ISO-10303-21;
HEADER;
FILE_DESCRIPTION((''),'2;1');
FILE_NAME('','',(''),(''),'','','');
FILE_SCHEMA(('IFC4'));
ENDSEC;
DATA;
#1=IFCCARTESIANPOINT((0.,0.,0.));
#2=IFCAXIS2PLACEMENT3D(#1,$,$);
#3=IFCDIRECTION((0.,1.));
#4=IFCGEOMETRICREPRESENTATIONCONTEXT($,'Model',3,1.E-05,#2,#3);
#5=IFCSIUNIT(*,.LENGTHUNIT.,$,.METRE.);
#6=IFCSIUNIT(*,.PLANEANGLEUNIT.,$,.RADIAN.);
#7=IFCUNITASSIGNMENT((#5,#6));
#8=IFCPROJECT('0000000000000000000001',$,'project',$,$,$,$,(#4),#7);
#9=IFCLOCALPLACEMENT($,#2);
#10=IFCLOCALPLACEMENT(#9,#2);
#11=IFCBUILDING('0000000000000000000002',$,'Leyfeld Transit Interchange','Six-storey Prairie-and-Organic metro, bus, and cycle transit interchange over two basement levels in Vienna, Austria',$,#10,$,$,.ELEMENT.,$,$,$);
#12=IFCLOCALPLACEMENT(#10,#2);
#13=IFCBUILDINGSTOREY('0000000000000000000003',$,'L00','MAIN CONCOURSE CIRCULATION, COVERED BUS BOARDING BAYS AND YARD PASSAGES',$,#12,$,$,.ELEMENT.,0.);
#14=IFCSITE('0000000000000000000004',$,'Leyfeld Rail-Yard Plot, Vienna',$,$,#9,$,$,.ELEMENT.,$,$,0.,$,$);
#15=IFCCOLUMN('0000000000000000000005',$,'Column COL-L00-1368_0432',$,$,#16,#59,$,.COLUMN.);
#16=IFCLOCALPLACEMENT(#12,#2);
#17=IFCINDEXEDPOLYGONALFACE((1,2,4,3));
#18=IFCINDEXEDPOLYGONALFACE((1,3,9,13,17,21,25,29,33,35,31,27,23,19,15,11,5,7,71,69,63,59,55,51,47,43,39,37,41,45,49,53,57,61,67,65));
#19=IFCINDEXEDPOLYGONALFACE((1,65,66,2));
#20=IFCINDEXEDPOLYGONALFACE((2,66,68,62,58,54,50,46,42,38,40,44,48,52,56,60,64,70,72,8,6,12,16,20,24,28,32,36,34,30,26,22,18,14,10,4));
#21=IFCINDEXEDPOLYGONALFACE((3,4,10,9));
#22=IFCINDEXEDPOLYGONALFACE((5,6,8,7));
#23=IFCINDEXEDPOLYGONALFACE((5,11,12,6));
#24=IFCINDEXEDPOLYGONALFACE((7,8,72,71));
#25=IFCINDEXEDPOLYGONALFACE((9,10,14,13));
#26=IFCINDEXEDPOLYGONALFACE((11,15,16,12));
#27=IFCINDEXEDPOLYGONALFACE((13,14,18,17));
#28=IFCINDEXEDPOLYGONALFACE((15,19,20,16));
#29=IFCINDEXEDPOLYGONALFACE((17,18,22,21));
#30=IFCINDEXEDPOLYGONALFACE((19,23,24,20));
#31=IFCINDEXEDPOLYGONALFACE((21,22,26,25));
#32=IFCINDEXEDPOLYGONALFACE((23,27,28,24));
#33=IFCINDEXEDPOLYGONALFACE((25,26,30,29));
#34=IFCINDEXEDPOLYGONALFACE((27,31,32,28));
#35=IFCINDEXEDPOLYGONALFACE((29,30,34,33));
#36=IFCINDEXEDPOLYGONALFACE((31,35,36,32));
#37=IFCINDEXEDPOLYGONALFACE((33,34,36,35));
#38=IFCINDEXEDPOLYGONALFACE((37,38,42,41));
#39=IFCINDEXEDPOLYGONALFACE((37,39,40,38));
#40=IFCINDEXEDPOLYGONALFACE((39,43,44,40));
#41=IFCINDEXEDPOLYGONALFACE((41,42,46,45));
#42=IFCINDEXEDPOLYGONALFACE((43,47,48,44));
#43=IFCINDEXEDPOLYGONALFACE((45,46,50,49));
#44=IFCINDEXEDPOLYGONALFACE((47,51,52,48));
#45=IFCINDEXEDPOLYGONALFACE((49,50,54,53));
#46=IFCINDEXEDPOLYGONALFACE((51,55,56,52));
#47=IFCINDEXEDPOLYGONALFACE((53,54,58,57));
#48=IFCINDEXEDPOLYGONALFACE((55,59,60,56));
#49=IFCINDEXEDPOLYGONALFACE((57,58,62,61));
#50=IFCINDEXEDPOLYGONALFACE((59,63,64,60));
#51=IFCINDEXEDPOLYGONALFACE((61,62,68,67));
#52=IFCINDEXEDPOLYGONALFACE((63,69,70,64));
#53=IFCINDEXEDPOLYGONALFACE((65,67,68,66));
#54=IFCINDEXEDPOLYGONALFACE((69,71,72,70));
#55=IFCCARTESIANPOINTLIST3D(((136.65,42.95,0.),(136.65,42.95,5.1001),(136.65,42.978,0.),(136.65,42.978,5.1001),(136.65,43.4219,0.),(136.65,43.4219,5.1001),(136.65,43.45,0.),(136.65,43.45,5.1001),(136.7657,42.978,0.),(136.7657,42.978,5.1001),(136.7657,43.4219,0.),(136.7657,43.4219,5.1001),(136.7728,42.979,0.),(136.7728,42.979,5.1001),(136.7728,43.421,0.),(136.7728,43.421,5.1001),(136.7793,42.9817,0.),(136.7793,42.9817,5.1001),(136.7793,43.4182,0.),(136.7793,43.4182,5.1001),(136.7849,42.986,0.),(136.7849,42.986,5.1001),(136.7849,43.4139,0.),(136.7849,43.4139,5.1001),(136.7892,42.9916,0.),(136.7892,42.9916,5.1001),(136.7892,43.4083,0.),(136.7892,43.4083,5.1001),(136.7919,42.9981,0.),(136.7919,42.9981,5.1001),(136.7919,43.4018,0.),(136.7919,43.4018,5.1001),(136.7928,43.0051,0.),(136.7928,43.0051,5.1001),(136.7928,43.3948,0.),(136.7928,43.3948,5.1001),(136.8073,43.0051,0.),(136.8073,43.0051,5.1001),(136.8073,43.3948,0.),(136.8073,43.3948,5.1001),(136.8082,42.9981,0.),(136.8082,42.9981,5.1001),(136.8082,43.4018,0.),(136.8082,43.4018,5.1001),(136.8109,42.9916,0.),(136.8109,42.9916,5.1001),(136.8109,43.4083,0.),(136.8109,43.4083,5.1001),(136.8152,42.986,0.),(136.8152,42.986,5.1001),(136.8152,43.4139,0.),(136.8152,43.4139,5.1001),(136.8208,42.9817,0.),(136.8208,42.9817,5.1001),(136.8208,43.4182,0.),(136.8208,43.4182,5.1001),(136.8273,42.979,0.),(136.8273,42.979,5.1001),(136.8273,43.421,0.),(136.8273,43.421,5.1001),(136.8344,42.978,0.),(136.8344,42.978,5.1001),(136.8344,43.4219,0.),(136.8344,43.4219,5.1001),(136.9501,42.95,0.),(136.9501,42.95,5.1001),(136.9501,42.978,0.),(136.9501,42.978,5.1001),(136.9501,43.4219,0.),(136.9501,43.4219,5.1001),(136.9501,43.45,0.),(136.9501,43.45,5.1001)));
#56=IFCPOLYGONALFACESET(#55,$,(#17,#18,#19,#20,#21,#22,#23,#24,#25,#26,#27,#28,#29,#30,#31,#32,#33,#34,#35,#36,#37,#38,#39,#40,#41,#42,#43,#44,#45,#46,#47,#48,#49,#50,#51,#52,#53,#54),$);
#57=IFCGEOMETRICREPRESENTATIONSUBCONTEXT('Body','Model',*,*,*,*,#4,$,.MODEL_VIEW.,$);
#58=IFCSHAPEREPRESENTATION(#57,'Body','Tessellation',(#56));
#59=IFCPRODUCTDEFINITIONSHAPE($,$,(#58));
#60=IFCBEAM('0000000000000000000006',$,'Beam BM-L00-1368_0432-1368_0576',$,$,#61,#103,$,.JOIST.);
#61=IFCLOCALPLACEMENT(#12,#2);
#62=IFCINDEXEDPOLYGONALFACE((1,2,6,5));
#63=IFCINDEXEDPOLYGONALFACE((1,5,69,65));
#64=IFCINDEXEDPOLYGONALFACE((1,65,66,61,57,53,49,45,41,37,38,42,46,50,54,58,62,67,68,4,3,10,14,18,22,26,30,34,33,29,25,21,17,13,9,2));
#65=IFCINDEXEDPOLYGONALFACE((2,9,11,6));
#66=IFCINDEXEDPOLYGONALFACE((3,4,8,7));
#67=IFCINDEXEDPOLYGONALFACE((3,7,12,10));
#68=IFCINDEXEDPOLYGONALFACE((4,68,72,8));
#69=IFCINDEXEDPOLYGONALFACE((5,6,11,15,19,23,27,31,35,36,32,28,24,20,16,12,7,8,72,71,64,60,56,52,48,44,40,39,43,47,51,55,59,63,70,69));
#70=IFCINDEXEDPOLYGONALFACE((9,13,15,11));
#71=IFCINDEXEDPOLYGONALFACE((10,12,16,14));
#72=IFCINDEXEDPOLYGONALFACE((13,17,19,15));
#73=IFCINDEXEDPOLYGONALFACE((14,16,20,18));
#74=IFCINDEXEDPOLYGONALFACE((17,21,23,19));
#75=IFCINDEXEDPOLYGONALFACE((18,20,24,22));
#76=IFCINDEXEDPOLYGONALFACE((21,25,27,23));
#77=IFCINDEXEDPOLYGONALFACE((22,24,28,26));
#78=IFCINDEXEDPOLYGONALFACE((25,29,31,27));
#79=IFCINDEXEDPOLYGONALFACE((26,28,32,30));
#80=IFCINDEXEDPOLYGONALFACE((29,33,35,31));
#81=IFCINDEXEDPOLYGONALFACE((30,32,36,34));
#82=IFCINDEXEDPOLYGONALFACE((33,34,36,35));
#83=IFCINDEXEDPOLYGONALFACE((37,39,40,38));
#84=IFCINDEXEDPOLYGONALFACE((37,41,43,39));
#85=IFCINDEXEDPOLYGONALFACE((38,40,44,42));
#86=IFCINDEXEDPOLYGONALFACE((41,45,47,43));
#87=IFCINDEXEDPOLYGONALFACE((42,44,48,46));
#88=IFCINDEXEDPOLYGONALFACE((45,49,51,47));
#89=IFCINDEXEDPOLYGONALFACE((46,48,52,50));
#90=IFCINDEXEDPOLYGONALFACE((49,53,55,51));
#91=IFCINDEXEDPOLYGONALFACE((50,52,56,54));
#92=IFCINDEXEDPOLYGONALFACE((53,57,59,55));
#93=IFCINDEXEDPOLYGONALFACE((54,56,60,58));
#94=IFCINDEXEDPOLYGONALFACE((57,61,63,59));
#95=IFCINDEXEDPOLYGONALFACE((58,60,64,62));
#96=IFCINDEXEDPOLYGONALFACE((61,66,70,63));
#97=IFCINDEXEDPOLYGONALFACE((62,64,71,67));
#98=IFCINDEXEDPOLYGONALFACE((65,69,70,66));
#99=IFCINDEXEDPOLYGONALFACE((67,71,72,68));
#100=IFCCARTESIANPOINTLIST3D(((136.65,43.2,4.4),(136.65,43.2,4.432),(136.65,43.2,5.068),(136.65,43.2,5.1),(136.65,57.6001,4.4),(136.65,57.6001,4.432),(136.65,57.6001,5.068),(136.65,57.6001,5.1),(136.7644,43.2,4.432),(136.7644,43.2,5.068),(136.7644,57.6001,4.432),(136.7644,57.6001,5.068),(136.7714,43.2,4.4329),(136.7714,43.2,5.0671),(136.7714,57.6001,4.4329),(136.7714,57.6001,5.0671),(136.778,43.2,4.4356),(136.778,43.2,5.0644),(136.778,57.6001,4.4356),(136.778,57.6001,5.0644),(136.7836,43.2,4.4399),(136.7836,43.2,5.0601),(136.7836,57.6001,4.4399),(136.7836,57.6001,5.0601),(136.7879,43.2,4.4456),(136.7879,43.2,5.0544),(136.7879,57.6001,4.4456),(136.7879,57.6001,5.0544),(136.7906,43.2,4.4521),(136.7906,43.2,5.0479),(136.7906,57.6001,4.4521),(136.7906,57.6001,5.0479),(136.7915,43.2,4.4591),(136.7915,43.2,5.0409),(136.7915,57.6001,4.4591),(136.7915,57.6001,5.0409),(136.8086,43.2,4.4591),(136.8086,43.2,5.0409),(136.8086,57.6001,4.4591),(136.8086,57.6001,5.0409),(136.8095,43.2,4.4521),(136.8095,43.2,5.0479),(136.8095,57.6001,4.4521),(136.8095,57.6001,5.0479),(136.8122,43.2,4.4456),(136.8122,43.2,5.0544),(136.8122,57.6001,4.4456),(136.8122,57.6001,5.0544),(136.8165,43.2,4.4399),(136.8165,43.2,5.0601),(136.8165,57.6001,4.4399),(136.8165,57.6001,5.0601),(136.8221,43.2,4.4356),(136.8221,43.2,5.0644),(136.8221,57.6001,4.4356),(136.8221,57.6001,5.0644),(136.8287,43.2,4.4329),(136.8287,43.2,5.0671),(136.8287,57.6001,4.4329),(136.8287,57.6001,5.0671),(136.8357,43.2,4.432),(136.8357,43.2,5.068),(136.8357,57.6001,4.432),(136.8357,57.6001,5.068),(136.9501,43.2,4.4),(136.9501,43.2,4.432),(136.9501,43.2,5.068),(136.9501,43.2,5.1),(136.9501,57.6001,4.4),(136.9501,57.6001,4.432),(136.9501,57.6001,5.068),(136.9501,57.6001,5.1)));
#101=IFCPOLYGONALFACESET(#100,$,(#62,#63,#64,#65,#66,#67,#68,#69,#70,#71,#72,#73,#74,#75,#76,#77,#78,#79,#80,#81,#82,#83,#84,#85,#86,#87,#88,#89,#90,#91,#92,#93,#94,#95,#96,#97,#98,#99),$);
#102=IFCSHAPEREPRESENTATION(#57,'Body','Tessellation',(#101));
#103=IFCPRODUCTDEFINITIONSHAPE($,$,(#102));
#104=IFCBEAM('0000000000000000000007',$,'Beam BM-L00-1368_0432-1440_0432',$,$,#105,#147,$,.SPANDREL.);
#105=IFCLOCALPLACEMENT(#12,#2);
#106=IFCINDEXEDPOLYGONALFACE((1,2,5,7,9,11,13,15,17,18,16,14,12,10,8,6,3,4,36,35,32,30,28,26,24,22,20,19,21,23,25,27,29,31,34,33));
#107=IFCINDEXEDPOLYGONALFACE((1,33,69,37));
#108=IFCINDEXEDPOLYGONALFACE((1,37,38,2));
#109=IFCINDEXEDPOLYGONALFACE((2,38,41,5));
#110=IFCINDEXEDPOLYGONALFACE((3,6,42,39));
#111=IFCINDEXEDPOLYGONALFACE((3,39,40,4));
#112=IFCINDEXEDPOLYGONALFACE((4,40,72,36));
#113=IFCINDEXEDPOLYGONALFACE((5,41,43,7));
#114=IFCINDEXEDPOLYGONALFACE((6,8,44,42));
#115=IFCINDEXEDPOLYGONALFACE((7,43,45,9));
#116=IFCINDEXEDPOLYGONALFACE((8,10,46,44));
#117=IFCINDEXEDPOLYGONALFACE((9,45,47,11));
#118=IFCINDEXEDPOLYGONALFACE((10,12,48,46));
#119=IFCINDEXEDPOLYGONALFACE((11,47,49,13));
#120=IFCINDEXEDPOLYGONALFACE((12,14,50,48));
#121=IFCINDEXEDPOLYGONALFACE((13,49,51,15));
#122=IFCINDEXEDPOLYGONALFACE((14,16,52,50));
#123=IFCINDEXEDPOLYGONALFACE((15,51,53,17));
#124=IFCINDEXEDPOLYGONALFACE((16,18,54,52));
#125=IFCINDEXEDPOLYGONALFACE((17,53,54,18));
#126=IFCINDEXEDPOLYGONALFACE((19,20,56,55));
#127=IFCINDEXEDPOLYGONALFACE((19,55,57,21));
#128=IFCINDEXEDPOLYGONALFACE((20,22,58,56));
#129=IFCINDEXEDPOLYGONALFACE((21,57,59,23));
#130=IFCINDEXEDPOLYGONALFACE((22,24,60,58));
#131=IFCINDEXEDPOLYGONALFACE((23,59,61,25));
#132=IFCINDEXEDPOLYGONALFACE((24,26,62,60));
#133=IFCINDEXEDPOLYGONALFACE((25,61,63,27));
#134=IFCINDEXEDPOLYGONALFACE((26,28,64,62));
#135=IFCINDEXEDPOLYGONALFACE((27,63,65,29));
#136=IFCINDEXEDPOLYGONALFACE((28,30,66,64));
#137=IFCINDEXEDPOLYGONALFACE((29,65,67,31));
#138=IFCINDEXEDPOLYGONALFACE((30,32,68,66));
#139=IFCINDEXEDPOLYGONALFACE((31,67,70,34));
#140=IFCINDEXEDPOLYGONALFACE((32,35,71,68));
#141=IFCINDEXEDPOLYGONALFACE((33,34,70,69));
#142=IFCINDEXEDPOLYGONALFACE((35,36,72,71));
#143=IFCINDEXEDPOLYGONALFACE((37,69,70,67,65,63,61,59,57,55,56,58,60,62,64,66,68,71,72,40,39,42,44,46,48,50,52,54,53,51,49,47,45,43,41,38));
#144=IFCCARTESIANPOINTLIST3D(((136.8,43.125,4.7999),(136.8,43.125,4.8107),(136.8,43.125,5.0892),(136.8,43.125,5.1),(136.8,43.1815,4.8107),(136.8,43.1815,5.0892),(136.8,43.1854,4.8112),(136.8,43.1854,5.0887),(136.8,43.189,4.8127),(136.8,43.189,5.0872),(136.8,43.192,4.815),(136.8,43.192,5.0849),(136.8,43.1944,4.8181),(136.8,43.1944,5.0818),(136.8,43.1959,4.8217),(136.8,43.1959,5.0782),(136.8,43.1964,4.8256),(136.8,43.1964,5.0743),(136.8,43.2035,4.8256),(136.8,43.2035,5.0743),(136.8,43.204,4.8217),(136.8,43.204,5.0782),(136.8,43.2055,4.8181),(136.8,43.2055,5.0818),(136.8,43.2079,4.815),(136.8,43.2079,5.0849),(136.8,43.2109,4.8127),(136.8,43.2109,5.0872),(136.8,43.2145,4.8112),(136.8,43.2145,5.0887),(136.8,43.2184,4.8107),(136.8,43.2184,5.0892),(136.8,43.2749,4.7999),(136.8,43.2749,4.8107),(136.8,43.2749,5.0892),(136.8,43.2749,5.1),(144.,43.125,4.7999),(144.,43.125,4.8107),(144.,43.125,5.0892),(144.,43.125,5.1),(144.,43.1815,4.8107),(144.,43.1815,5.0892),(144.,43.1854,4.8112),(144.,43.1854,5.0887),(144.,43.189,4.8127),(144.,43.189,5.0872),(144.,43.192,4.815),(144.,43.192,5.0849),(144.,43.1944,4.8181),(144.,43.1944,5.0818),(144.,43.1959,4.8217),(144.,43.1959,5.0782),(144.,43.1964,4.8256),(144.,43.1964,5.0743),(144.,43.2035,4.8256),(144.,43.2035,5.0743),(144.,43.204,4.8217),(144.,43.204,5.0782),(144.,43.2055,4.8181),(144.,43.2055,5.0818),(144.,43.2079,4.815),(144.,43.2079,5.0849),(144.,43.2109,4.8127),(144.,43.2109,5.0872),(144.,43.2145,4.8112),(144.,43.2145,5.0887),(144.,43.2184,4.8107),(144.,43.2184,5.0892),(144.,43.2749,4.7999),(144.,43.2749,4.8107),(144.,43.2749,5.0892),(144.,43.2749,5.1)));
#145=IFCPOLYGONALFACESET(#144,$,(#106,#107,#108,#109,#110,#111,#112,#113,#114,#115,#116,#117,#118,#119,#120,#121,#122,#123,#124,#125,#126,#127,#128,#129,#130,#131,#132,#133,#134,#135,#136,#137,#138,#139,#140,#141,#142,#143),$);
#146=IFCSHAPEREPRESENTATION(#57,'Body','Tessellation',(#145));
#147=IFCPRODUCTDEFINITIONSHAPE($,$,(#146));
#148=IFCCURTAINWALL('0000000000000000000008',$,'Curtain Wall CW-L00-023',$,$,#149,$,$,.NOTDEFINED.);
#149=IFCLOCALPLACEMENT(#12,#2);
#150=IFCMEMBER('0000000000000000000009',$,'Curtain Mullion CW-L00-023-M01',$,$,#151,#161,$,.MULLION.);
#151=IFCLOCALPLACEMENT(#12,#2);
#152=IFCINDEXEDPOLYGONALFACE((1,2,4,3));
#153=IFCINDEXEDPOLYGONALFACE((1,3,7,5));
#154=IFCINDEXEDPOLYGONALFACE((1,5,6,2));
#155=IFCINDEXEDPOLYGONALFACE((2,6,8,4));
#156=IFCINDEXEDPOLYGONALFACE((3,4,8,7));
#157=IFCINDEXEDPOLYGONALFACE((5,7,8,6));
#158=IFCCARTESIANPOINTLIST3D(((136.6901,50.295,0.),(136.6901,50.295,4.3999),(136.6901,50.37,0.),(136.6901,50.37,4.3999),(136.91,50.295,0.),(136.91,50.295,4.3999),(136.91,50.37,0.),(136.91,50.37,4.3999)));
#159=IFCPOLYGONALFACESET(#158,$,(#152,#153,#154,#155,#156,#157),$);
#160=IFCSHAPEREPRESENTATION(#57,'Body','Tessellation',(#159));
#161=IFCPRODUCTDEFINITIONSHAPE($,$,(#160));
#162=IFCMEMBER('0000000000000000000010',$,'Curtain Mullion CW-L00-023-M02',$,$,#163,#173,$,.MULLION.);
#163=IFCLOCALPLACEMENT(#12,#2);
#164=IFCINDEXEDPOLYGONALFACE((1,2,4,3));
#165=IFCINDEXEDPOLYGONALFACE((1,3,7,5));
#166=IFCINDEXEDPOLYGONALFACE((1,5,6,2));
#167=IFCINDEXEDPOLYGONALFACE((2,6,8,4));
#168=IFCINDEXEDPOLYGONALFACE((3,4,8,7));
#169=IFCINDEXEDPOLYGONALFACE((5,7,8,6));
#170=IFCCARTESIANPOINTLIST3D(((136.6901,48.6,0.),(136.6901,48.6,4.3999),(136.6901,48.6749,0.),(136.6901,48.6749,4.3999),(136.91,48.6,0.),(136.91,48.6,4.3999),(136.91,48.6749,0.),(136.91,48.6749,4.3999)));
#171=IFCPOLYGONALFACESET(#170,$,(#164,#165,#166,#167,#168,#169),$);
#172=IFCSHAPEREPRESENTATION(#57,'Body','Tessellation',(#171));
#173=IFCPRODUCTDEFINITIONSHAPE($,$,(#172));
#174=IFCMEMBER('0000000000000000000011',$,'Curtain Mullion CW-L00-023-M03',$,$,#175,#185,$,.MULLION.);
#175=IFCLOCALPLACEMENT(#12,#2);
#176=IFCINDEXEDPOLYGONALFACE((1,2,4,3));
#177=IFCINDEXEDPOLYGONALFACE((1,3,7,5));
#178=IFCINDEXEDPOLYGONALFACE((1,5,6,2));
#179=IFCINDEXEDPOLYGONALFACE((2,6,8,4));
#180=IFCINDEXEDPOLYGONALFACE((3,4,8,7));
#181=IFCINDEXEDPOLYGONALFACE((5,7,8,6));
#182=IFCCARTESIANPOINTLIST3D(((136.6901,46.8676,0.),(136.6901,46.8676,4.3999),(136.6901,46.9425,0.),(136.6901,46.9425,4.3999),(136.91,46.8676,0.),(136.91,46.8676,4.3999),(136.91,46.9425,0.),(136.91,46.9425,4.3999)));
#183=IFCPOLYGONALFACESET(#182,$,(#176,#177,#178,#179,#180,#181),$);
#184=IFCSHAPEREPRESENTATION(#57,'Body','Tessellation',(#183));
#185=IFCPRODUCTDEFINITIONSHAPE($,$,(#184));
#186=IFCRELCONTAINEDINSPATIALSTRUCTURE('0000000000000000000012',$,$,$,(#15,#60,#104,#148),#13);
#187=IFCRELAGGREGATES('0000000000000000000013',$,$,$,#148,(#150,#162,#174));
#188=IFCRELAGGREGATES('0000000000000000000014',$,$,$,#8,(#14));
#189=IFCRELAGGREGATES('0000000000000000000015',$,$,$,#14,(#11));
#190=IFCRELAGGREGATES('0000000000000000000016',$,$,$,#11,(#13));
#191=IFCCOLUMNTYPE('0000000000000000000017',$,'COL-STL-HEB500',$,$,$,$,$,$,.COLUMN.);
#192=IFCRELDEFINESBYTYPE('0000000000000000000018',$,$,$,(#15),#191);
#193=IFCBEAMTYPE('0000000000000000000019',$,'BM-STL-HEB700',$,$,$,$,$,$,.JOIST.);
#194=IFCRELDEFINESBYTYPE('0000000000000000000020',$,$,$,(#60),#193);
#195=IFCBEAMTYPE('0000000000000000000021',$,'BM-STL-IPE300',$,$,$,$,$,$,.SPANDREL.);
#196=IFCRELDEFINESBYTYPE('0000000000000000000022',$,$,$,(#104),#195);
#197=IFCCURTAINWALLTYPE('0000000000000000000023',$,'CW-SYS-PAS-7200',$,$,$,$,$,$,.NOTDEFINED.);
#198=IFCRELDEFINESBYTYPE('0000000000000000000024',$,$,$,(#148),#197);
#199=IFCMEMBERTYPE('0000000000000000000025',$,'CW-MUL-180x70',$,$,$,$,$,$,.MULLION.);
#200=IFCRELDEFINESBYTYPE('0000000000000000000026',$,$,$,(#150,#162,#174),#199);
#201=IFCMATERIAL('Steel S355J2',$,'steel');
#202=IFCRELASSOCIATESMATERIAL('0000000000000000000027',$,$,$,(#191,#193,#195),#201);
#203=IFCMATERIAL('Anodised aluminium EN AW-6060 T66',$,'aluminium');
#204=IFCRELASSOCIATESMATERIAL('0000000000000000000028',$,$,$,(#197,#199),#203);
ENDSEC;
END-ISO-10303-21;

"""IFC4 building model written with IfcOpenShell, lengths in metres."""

from ifc_helpers import new_model, si_unit, direction, frame, origin, origin_2d, place, context, subcontext, project, spatial, rectangle, i_section, extrude, material, material_profile, profile_set, type_object, element, aggregate, save


model = new_model("IFC4")

# Units and contexts
model_context = context("Model", 3, precision=1e-05, world=origin(), true_north=direction((0.0, 1.0)))
body_context = subcontext(model_context, "Body", "Model", "MODEL_VIEW")
ifc_project = project(units=[si_unit("LENGTHUNIT", "METRE"), si_unit("PLANEANGLEUNIT", "RADIAN")], contexts=[model_context])

# Site, building, storey
site_placement = place(None, origin())
site = spatial("IfcSite", under=ifc_project, at=site_placement, Name="Leyfeld Rail-Yard Plot, Vienna", CompositionType="ELEMENT", RefElevation=0.0)
building_placement = place(site_placement, origin())
building = spatial("IfcBuilding", under=site, at=building_placement, Name="Leyfeld Transit Interchange", Description="Six-storey Prairie-and-Organic metro, bus, and cycle transit interchange over two basement levels in Vienna, Austria", CompositionType="ELEMENT")
storey_placement = place(building_placement, origin())
storey = spatial("IfcBuildingStorey", under=building, at=storey_placement, Name="L00", Description="MAIN CONCOURSE CIRCULATION, COVERED BUS BOARDING BAYS AND YARD PASSAGES", CompositionType="ELEMENT", Elevation=0.0)

# Column
ifc_material_1 = material(Name="Steel S355J2", Category="steel")
ifc_material_profile_1 = material_profile(ifc_material_1, i_section(OverallWidth=0.3, OverallDepth=0.5, WebThickness=0.0144, FlangeThickness=0.0281, FilletRadius=0.0271, at=origin_2d()), Name="HEB 500")
ifc_profile_set_1 = profile_set([ifc_material_profile_1], Name="Steel S355J2")
column_type = type_object("IfcColumnType", Name="COL-STL-HEB500", PredefinedType="COLUMN", material=ifc_profile_set_1)
column_placement = place(storey_placement, frame((136.8, 43.2, 0.0), z_axis=(0.0, 0.0, 1.0), x_axis=(1.0, 0.0, 0.0)))
element("IfcColumn", 1, at=column_placement, inside=storey, type_object=column_type, Name="Column COL-L00-1368_0432", PredefinedType="COLUMN", context=body_context, shape_type="SweptSolid", body=[
    extrude(i_section(OverallWidth=0.3, OverallDepth=0.5, WebThickness=0.0144, FlangeThickness=0.0281, FilletRadius=0.0271, at=origin_2d()), origin(), (0.0, 0.0, 1.0), 5.1001),
])

# Beams
ifc_material_profile_2 = material_profile(ifc_material_1, i_section(OverallWidth=0.3, OverallDepth=0.7, WebThickness=0.0171, FlangeThickness=0.032, FilletRadius=0.0271, at=origin_2d()), Name="HEB 700")
ifc_profile_set_2 = profile_set([ifc_material_profile_2], Name="Steel S355J2")
beam_type_1 = type_object("IfcBeamType", Name="BM-STL-HEB700", PredefinedType="JOIST", material=ifc_profile_set_2)
beam_1_placement = place(storey_placement, frame((136.8, 43.2, 4.75), z_axis=(0.0, 1.0, 0.0), x_axis=(-1.0, 0.0, 0.0)))
element("IfcBeam", 2, at=beam_1_placement, inside=storey, type_object=beam_type_1, Name="Beam BM-L00-1368_0432-1368_0576", PredefinedType="JOIST", context=body_context, shape_type="SweptSolid", body=[
    extrude(i_section(OverallWidth=0.3, OverallDepth=0.7, WebThickness=0.0171, FlangeThickness=0.032, FilletRadius=0.0271, at=origin_2d()), origin(), (0.0, 0.0, 1.0), 14.4001),
])
ifc_material_profile_3 = material_profile(ifc_material_1, i_section(OverallWidth=0.1499, OverallDepth=0.3, WebThickness=0.0071, FlangeThickness=0.0107, FilletRadius=0.0149, at=origin_2d()), Name="IPE 300")
ifc_profile_set_3 = profile_set([ifc_material_profile_3], Name="Steel S355J2")
beam_type_2 = type_object("IfcBeamType", Name="BM-STL-IPE300", PredefinedType="SPANDREL", material=ifc_profile_set_3)
beam_2_placement = place(storey_placement, frame((136.8, 43.2, 4.95), z_axis=(1.0, 0.0, 0.0), x_axis=(0.0, 1.0, 0.0)))
element("IfcBeam", 3, at=beam_2_placement, inside=storey, type_object=beam_type_2, Name="Beam BM-L00-1368_0432-1440_0432", PredefinedType="SPANDREL", context=body_context, shape_type="SweptSolid", body=[
    extrude(i_section(OverallWidth=0.1499, OverallDepth=0.3, WebThickness=0.0071, FlangeThickness=0.0107, FilletRadius=0.0149, at=origin_2d()), origin(), (0.0, 0.0, 1.0), 7.2),
])

# Curtain wall, members
ifc_material_2 = material(Name="Anodised aluminium EN AW-6060 T66", Category="aluminium")
curtain_wall_type = type_object("IfcCurtainWallType", Name="CW-SYS-PAS-7200", PredefinedType="NOTDEFINED", material=ifc_material_2)
curtain_wall_placement = place(storey_placement, origin())
curtain_wall = element("IfcCurtainWall", 4, at=curtain_wall_placement, inside=storey, type_object=curtain_wall_type, Name="Curtain Wall CW-L00-023", PredefinedType="NOTDEFINED")
ifc_material_profile_4 = material_profile(ifc_material_2, rectangle(XDim=0.075, YDim=0.22, at=origin_2d()), Name="CW-M 75x220")
ifc_profile_set_4 = profile_set([ifc_material_profile_4], Name="Anodised aluminium EN AW-6060 T66")
member_type_1 = type_object("IfcMemberType", Name="CW-MUL-180x70", PredefinedType="MULLION", material=ifc_profile_set_4)
member_1_placement = place(storey_placement, frame((136.8, 50.3325, 0.0), z_axis=(0.0, 0.0, 1.0), x_axis=(0.0, -1.0, 0.0)))
member_1 = element("IfcMember", 5, at=member_1_placement, type_object=member_type_1, Name="Curtain Mullion CW-L00-023-M01", PredefinedType="MULLION", context=body_context, shape_type="SweptSolid", body=[
    extrude(rectangle(XDim=0.075, YDim=0.22, at=origin_2d()), origin(), (0.0, 0.0, 1.0), 4.3999),
])
member_2_placement = place(storey_placement, frame((136.8, 48.6375, 0.0), z_axis=(0.0, 0.0, 1.0), x_axis=(0.0, -1.0, 0.0)))
member_2 = element("IfcMember", 6, at=member_2_placement, type_object=member_type_1, Name="Curtain Mullion CW-L00-023-M02", PredefinedType="MULLION", context=body_context, shape_type="SweptSolid", body=[
    extrude(rectangle(XDim=0.075, YDim=0.22, at=origin_2d()), origin(), (0.0, 0.0, 1.0), 4.3999),
])
member_3_placement = place(storey_placement, frame((136.8, 46.905, 0.0), z_axis=(0.0, 0.0, 1.0), x_axis=(0.0, -1.0, 0.0)))
member_3 = element("IfcMember", 7, at=member_3_placement, type_object=member_type_1, Name="Curtain Mullion CW-L00-023-M03", PredefinedType="MULLION", context=body_context, shape_type="SweptSolid", body=[
    extrude(rectangle(XDim=0.075, YDim=0.22, at=origin_2d()), origin(), (0.0, 0.0, 1.0), 4.3999),
])
aggregate(curtain_wall, [member_1, member_2, member_3])

save(model, "model.ifc")
